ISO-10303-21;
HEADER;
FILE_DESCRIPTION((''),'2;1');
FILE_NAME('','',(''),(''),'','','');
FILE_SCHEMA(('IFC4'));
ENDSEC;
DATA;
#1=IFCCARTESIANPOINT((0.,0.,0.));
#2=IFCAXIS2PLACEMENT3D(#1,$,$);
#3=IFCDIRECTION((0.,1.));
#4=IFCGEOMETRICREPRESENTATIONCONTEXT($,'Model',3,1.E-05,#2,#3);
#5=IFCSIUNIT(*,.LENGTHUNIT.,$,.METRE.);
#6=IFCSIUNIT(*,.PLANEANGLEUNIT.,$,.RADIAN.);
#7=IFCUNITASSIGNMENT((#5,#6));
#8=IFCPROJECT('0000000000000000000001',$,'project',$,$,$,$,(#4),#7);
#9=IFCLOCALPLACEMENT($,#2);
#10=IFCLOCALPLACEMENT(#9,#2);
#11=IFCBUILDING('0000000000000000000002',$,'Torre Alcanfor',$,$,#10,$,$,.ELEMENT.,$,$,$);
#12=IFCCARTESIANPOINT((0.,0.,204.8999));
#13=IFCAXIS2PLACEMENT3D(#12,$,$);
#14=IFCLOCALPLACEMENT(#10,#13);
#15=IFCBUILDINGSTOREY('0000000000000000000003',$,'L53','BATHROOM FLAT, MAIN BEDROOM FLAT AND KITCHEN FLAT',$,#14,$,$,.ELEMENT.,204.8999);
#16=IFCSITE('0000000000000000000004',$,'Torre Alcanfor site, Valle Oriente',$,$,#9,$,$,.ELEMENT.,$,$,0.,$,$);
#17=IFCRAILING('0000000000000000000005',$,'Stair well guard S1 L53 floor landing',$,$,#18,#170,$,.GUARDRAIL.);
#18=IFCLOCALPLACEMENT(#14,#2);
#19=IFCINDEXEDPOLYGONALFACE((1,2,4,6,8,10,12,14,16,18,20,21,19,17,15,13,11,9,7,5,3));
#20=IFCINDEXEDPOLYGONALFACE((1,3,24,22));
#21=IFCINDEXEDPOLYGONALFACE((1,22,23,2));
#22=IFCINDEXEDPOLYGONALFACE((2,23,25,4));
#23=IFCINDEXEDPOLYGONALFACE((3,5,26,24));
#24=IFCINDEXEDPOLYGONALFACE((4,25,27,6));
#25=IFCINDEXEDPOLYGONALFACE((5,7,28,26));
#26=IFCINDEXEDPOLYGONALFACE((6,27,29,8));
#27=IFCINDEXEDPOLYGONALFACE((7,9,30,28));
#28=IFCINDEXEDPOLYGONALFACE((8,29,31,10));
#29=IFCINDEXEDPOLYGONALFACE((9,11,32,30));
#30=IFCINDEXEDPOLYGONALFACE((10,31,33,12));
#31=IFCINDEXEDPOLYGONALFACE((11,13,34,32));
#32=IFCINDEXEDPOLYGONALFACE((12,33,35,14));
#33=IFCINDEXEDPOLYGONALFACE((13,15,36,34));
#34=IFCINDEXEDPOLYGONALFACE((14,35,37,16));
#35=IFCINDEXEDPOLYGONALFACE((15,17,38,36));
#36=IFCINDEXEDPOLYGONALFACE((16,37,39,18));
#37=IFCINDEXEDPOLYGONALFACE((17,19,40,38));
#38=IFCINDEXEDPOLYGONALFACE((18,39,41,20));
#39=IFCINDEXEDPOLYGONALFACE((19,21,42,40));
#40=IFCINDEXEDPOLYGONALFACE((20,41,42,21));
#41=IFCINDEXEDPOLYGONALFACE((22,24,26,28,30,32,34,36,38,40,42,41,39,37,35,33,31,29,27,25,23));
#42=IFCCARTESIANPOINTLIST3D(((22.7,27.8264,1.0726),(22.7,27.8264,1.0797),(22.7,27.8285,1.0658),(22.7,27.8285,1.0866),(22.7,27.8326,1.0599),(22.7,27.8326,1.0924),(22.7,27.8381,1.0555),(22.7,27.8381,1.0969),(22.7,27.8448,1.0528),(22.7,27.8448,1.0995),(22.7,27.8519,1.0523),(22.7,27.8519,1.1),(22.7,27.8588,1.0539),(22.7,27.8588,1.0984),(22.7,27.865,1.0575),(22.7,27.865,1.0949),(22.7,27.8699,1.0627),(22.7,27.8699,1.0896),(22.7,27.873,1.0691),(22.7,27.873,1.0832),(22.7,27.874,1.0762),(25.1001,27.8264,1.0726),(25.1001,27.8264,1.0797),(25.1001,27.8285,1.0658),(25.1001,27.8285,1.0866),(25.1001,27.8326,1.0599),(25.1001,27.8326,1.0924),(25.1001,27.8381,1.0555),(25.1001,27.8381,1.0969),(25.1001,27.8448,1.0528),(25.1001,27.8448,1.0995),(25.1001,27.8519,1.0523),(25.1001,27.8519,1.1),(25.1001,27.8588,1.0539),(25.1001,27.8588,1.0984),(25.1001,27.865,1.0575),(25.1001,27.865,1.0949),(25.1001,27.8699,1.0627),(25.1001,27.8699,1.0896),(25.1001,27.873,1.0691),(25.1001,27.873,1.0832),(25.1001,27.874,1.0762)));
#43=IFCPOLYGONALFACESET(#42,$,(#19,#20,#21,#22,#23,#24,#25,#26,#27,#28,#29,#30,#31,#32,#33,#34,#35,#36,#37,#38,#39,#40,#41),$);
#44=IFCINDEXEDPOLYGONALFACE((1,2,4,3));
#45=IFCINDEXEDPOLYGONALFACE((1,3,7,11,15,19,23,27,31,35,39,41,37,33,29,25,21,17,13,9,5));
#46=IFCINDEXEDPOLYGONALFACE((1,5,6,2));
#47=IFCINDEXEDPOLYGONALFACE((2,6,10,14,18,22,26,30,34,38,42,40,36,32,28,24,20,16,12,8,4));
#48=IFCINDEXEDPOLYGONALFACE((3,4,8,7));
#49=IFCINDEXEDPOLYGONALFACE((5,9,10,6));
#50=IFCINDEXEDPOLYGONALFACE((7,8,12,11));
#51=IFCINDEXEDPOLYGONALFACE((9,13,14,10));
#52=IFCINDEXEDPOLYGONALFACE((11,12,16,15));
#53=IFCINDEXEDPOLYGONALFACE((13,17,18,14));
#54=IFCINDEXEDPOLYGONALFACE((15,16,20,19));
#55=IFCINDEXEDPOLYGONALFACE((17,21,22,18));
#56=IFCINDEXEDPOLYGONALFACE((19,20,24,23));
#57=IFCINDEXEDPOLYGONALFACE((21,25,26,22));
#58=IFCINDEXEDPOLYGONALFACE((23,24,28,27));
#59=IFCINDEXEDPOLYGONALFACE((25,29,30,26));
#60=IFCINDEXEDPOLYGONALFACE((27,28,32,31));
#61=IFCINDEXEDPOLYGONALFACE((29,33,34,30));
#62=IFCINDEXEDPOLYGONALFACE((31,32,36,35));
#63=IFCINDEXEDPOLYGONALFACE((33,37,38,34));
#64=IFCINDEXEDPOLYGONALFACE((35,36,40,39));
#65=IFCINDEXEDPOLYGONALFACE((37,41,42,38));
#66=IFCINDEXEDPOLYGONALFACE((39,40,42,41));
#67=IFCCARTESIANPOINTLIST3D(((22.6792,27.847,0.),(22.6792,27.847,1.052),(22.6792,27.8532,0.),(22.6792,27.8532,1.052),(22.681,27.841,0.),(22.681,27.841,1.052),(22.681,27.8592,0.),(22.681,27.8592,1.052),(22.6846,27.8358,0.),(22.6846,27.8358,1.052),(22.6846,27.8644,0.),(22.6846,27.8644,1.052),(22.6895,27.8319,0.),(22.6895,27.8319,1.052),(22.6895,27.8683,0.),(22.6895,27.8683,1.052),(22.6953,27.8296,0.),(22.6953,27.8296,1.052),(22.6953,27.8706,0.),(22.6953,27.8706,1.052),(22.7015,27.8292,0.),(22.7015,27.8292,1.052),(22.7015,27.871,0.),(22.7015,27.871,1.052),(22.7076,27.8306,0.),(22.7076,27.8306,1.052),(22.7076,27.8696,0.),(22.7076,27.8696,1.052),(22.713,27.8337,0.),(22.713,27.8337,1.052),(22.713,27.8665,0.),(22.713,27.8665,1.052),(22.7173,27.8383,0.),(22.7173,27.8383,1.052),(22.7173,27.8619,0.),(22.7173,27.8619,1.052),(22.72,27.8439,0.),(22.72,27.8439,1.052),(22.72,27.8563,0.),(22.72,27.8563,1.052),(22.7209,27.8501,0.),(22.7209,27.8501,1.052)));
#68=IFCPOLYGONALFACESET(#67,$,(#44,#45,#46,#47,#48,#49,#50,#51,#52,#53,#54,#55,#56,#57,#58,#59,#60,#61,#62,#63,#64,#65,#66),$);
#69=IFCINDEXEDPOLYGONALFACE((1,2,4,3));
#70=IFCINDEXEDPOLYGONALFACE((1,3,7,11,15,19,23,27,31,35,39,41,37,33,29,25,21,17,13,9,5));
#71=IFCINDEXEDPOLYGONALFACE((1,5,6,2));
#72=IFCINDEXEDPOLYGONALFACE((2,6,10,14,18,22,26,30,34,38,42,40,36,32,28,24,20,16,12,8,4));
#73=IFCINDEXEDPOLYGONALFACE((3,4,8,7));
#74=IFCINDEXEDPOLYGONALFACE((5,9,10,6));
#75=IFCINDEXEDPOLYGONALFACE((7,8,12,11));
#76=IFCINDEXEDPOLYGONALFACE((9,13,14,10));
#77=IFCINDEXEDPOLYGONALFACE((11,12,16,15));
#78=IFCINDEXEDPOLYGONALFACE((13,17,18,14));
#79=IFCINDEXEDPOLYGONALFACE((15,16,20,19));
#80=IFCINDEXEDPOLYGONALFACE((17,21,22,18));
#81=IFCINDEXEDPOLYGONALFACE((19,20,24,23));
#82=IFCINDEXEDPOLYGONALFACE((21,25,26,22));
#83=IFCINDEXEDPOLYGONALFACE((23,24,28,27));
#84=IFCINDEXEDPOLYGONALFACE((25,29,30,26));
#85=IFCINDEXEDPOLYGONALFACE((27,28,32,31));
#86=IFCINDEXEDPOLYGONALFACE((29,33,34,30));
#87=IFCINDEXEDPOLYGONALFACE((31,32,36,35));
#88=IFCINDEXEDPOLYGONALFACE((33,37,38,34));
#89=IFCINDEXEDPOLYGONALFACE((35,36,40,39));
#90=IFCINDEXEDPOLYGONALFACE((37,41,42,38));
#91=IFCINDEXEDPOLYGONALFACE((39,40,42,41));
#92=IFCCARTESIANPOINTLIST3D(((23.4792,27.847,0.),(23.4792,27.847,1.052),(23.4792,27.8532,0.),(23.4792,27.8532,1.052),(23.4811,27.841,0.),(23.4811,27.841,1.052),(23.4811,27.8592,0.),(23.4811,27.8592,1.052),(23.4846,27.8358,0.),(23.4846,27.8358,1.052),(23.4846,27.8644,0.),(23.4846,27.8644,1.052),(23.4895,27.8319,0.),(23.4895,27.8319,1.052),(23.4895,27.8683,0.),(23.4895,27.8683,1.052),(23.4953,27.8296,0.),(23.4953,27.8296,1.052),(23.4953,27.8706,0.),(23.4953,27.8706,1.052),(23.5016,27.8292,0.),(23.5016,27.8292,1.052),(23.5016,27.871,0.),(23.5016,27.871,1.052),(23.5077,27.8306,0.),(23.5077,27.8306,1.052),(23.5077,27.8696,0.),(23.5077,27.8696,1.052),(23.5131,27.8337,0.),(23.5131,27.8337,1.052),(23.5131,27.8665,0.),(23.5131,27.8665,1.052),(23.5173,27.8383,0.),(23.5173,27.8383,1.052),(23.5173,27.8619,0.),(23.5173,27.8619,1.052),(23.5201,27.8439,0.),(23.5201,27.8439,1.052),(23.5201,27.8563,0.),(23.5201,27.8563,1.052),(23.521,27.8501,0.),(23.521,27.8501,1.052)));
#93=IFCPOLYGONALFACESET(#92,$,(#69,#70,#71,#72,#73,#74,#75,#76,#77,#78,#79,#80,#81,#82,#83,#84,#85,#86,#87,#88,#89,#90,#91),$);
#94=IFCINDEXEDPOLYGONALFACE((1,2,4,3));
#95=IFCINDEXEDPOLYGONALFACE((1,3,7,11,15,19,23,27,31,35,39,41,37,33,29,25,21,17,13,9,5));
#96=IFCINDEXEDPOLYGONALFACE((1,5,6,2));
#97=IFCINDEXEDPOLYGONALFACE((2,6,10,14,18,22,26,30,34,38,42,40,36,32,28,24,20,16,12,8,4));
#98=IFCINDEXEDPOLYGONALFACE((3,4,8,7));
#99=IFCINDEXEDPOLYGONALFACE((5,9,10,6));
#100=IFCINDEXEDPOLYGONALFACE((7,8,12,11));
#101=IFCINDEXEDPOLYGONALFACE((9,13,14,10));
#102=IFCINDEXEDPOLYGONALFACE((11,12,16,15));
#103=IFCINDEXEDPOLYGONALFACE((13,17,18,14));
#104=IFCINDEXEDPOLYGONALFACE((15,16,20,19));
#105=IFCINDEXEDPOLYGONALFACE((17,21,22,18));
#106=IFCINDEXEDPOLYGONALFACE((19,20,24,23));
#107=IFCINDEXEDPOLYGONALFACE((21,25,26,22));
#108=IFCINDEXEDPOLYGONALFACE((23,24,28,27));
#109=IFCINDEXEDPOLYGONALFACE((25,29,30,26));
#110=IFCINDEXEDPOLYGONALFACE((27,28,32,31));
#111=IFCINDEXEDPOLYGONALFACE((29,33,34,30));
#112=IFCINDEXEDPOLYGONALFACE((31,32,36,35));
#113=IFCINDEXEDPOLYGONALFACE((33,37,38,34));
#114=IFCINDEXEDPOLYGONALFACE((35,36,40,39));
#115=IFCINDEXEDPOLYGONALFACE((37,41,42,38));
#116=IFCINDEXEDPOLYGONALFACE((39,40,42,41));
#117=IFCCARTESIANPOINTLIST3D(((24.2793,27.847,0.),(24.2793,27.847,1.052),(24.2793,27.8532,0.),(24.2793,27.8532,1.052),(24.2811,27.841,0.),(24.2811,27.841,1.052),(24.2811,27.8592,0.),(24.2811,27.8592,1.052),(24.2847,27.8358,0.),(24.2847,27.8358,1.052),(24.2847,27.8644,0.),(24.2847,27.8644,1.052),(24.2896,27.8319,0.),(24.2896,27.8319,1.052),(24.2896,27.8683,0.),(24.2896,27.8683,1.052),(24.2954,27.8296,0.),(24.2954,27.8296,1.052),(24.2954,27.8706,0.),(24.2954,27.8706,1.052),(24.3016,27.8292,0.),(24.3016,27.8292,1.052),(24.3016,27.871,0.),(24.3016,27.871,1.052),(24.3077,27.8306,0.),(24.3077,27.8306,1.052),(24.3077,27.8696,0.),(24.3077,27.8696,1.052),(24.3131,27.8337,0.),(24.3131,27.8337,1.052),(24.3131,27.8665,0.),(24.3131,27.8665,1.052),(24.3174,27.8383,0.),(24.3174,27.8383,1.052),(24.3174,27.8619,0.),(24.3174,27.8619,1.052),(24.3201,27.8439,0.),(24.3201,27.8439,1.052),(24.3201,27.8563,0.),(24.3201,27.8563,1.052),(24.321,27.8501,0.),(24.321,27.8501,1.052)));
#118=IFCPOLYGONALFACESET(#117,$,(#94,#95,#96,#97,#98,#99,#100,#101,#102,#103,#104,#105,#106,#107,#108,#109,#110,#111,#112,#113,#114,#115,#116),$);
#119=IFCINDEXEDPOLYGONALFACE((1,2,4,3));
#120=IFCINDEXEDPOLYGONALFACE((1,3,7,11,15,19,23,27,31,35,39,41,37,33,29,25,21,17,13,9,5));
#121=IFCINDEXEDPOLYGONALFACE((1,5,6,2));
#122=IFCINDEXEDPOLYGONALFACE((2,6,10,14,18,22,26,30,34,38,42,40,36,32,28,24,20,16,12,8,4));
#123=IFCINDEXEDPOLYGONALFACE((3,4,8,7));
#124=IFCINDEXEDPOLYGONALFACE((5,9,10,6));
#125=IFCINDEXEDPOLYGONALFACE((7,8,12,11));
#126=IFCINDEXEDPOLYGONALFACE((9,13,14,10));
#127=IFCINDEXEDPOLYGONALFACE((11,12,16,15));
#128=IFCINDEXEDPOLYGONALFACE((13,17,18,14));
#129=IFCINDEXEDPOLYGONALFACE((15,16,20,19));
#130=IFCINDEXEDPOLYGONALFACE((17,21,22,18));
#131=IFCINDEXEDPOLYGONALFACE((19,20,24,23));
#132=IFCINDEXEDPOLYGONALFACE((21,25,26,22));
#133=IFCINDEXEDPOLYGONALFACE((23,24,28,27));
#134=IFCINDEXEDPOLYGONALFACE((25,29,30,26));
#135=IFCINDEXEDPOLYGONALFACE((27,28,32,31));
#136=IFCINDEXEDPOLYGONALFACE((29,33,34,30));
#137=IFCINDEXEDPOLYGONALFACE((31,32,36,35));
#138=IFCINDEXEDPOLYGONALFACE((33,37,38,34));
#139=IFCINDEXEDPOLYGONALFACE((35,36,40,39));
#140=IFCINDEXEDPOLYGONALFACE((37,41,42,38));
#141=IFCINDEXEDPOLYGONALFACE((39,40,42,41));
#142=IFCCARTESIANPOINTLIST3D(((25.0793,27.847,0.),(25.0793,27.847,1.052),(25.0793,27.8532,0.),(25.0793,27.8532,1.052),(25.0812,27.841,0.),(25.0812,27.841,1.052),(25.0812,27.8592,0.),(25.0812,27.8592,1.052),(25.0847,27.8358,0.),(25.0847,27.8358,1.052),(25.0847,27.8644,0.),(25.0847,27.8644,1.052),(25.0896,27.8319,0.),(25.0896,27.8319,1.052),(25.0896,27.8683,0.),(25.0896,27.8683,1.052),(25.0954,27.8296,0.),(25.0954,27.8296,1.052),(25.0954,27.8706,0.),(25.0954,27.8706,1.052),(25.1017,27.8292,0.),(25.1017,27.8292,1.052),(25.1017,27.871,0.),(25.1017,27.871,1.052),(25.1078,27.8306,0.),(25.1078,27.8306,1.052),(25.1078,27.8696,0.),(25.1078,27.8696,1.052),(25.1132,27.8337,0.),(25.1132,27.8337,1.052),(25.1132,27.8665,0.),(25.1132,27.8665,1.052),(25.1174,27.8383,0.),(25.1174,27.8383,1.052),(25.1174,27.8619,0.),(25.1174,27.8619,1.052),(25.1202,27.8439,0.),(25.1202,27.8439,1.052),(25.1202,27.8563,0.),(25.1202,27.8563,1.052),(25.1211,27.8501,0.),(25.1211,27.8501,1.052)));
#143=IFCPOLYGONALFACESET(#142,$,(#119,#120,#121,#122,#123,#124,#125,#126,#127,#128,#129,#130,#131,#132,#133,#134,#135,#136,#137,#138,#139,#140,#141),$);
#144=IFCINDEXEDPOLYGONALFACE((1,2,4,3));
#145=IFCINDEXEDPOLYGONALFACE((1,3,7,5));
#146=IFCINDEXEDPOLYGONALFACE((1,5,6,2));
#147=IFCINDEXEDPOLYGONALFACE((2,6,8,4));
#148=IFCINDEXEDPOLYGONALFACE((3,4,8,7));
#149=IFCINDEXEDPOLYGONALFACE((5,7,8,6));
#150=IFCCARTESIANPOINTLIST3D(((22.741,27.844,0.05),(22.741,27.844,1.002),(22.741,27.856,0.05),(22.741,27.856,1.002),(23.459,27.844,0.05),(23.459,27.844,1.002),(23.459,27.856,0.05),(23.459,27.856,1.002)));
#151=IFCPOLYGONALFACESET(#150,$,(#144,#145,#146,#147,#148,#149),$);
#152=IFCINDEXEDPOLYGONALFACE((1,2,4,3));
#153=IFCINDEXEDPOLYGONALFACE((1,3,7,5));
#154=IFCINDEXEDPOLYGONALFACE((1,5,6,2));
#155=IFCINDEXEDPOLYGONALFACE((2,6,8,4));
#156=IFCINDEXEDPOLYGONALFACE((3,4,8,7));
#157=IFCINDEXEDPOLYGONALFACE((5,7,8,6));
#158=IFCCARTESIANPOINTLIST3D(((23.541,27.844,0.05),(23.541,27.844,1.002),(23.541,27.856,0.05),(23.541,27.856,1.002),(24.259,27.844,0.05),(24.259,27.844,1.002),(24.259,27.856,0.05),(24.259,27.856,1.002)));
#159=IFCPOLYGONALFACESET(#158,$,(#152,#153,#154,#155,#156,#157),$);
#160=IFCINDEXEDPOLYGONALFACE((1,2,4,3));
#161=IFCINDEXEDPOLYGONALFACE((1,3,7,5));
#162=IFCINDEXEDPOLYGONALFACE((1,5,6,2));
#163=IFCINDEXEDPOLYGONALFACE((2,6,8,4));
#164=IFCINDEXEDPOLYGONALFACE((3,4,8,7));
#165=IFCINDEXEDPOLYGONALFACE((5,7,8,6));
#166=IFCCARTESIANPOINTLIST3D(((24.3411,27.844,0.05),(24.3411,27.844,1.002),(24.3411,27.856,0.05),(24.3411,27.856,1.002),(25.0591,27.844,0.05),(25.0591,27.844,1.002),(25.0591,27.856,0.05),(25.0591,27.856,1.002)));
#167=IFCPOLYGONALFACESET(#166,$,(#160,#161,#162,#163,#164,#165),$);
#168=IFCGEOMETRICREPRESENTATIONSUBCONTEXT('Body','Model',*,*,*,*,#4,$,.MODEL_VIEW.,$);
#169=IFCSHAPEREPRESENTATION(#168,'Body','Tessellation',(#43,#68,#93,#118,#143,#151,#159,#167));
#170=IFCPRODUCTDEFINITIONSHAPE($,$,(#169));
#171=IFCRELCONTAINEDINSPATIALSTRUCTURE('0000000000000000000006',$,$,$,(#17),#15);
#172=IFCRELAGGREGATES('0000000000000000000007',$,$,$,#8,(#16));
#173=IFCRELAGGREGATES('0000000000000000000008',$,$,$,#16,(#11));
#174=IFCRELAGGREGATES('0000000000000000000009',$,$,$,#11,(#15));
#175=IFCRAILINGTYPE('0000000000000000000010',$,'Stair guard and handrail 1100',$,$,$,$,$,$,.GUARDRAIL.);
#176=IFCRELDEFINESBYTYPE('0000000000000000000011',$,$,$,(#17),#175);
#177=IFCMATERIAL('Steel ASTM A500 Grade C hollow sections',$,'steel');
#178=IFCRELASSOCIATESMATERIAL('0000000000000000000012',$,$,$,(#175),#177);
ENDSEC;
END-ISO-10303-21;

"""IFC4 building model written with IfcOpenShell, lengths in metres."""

from ifc_helpers import new_model, si_unit, direction, frame, origin, origin_2d, place, context, subcontext, project, spatial, polyline, circle, outline, extrude, material, type_object, element, save


model = new_model("IFC4")

# Units and contexts
model_context = context("Model", 3, precision=1e-05, world=origin(), true_north=direction((0.0, 1.0)))
body_context = subcontext(model_context, "Body", "Model", "MODEL_VIEW")
ifc_project = project(units=[si_unit("LENGTHUNIT", "METRE"), si_unit("PLANEANGLEUNIT", "RADIAN")], contexts=[model_context])

# Site, building, storey
site_placement = place(None, origin())
site = spatial("IfcSite", under=ifc_project, at=site_placement, Name="Torre Alcanfor site, Valle Oriente", CompositionType="ELEMENT", RefElevation=0.0)
building_placement = place(site_placement, origin())
building = spatial("IfcBuilding", under=site, at=building_placement, Name="Torre Alcanfor", CompositionType="ELEMENT")
storey_placement = place(building_placement, frame((0.0, 0.0, 204.8999)))
storey = spatial("IfcBuildingStorey", under=building, at=storey_placement, Name="L53", Description="BATHROOM FLAT, MAIN BEDROOM FLAT AND KITCHEN FLAT", CompositionType="ELEMENT", Elevation=204.8999)

# Railing
ifc_material_1 = material(Name="Steel ASTM A500 Grade C hollow sections", Category="steel")
railing_type_1 = type_object("IfcRailingType", Name="Stair guard and handrail 1100", PredefinedType="GUARDRAIL", material=ifc_material_1)
for number, where, name in (
    (1, (22.7, 27.8501, 0.0), "Stair well guard S1 L53 floor landing"),
):
    element("IfcRailing", number, at=place(storey_placement, frame(where)), inside=storey, type_object=railing_type_1, Name=name, PredefinedType="GUARDRAIL", context=body_context, shape_type="SweptSolid", body=[
        extrude(circle(Radius=0.0239, at=origin_2d()), frame((0.0, 0.0, 1.0762), z_axis=(1.0, 0.0, 0.0), x_axis=(0.0, 1.0, 0.0)), (0.0, 0.0, 1.0), 2.4001),
        extrude(circle(Radius=0.021, at=origin_2d()), origin(), (0.0, 0.0, 1.0), 1.052),
        extrude(circle(Radius=0.021, at=origin_2d()), frame((0.8, 0.0, 0.0)), (0.0, 0.0, 1.0), 1.052),
        extrude(circle(Radius=0.021, at=origin_2d()), frame((1.6001, 0.0, 0.0)), (0.0, 0.0, 1.0), 1.052),
        extrude(circle(Radius=0.021, at=origin_2d()), frame((2.4001, 0.0, 0.0)), (0.0, 0.0, 1.0), 1.052),
        extrude(outline(polyline([(0.041, 0.05), (0.759, 0.05), (0.759, 1.002), (0.041, 1.002), (0.041, 0.05)])), frame((0.0, 0.0059, 0.0), z_axis=(0.0, -1.0, 0.0), x_axis=(1.0, 0.0, 0.0)), (0.0, 0.0, 1.0), 0.012),
        extrude(outline(polyline([(0.8411, 0.05), (1.5591, 0.05), (1.5591, 1.002), (0.8411, 1.002), (0.8411, 0.05)])), frame((0.0, 0.0059, 0.0), z_axis=(0.0, -1.0, 0.0), x_axis=(1.0, 0.0, 0.0)), (0.0, 0.0, 1.0), 0.012),
        extrude(outline(polyline([(1.6411, 0.05), (2.3591, 0.05), (2.3591, 1.002), (1.6411, 1.002), (1.6411, 0.05)])), frame((0.0, 0.0059, 0.0), z_axis=(0.0, -1.0, 0.0), x_axis=(1.0, 0.0, 0.0)), (0.0, 0.0, 1.0), 0.012),
    ])

save(model, "model.ifc")
